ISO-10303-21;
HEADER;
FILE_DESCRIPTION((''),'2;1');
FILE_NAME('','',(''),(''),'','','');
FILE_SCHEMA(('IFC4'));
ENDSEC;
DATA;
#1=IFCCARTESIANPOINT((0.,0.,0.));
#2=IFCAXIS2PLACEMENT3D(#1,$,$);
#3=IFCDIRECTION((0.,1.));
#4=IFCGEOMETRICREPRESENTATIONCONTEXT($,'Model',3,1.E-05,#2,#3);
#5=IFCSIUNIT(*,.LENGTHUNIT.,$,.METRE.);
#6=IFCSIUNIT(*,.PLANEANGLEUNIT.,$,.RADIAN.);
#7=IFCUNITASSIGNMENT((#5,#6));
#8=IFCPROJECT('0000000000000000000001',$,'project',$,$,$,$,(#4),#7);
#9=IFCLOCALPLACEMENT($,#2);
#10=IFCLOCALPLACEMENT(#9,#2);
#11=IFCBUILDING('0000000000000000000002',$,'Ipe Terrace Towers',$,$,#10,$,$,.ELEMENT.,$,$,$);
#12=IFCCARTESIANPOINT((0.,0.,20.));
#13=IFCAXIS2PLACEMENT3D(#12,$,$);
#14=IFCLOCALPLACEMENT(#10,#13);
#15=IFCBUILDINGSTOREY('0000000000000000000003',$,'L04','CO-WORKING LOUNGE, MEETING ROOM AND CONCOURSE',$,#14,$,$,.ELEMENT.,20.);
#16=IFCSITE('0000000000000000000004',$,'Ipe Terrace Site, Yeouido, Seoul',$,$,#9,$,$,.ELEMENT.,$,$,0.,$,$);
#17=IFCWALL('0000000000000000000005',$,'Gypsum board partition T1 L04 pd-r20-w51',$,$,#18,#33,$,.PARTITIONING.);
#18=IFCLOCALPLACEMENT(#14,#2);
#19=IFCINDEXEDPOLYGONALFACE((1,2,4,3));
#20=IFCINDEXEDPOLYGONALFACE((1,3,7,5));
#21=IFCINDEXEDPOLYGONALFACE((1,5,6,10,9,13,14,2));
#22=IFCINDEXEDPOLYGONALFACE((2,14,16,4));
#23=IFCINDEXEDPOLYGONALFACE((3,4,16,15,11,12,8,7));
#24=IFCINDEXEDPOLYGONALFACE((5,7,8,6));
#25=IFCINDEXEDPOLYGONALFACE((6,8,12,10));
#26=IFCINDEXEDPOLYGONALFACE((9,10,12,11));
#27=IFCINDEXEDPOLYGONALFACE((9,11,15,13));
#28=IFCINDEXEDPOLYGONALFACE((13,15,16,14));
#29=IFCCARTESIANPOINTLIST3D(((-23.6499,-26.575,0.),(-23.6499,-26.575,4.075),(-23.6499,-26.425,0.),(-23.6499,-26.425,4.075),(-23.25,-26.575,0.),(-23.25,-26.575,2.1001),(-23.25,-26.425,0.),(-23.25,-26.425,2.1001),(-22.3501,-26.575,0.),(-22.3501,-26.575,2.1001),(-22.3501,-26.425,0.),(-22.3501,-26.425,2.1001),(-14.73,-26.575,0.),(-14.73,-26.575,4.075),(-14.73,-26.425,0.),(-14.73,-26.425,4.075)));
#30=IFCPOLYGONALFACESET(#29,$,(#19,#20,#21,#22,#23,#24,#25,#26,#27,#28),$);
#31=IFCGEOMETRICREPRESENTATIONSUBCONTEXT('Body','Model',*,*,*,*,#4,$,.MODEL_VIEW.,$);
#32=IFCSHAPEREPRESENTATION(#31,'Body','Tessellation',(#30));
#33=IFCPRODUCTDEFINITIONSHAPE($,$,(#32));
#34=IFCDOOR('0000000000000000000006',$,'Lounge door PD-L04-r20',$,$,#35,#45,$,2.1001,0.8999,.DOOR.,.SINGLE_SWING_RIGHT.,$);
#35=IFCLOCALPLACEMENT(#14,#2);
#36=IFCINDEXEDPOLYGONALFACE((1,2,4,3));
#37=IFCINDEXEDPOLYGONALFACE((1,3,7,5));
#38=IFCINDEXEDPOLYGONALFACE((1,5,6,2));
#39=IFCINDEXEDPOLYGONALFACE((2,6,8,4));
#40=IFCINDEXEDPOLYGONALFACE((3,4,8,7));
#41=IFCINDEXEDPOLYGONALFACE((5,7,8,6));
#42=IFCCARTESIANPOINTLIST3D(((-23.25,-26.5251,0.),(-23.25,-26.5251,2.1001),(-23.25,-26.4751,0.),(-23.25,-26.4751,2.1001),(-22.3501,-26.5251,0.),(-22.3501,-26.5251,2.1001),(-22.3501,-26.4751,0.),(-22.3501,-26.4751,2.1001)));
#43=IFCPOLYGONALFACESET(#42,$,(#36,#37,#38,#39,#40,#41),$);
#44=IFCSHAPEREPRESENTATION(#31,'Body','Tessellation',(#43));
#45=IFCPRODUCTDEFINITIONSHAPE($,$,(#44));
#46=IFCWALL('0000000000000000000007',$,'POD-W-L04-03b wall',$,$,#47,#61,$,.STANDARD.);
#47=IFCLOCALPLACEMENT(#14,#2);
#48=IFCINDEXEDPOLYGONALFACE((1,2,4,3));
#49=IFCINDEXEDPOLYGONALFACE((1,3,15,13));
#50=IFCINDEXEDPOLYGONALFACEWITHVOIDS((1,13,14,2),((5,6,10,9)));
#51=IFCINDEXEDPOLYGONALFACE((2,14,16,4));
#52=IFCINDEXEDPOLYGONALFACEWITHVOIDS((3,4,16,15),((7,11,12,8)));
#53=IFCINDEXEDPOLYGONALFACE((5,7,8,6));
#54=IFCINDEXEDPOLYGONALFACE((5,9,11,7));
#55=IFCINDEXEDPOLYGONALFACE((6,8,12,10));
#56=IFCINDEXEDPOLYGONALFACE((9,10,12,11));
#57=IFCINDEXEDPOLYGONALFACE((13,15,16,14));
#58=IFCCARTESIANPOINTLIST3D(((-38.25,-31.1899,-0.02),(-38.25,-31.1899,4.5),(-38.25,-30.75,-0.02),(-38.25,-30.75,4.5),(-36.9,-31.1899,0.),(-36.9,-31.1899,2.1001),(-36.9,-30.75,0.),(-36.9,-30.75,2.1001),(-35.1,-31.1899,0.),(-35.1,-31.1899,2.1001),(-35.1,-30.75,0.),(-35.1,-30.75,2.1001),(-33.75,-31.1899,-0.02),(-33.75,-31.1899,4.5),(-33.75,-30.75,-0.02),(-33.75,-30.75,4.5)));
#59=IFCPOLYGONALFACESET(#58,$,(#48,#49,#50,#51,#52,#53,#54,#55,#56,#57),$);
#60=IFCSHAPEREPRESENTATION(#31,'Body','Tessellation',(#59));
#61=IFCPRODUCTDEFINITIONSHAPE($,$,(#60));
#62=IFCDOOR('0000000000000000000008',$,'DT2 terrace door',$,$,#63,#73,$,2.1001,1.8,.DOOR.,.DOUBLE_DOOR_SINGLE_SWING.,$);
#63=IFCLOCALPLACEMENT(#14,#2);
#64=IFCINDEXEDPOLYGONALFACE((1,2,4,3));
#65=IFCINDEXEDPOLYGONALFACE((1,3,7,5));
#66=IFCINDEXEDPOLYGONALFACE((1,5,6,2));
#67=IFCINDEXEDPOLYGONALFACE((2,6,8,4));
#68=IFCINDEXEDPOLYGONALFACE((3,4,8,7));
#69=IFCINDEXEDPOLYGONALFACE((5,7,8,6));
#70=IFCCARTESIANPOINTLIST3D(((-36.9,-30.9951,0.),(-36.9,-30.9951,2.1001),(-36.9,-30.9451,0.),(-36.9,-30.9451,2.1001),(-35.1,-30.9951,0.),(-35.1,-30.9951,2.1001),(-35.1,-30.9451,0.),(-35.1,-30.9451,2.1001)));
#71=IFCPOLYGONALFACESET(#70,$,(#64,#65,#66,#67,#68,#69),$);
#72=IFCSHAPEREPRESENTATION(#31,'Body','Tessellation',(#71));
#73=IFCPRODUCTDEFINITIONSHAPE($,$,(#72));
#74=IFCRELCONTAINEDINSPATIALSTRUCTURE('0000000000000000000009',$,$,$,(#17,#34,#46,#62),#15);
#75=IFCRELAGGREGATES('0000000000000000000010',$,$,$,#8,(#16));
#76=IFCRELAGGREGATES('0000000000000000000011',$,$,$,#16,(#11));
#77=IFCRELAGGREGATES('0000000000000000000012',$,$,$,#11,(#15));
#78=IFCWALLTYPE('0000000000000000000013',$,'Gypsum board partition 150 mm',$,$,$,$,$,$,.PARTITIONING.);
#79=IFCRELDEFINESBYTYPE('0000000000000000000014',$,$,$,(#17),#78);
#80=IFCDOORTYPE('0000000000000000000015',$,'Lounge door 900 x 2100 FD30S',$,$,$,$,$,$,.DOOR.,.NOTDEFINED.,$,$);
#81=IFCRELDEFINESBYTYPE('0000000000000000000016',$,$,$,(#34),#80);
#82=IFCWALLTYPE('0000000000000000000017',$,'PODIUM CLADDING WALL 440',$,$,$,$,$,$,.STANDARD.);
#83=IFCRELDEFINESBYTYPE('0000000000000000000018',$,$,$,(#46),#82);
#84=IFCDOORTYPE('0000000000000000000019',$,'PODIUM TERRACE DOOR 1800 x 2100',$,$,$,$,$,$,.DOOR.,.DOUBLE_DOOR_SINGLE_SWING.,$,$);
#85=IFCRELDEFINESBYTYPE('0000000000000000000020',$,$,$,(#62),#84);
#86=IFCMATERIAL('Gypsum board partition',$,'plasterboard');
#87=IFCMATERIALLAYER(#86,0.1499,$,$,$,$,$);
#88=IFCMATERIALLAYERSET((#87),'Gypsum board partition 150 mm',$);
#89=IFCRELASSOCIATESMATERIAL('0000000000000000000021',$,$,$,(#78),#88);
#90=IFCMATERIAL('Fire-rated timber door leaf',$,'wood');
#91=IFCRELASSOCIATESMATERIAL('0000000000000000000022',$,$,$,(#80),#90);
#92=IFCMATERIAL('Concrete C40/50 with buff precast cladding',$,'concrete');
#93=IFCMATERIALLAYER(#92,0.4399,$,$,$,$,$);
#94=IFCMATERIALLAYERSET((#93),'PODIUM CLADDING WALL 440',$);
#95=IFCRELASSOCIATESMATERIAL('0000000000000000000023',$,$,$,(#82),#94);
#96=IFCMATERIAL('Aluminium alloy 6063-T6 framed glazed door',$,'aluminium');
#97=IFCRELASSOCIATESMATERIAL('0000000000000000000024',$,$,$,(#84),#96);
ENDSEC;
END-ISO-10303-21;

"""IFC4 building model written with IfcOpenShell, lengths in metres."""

from ifc_helpers import new_model, si_unit, direction, frame, frame_2d, origin, place, context, subcontext, project, spatial, rectangle, extrude, material, layer, layer_set, type_object, element, fill, save


model = new_model("IFC4")

# Units and contexts
model_context = context("Model", 3, precision=1e-05, world=origin(), true_north=direction((0.0, 1.0)))
body_context = subcontext(model_context, "Body", "Model", "MODEL_VIEW")
ifc_project = project(units=[si_unit("LENGTHUNIT", "METRE"), si_unit("PLANEANGLEUNIT", "RADIAN")], contexts=[model_context])

# Site, building, storey
site_placement = place(None, origin())
site = spatial("IfcSite", under=ifc_project, at=site_placement, Name="Ipe Terrace Site, Yeouido, Seoul", CompositionType="ELEMENT", RefElevation=0.0)
building_placement = place(site_placement, origin())
building = spatial("IfcBuilding", under=site, at=building_placement, Name="Ipe Terrace Towers", CompositionType="ELEMENT")
storey_placement = place(building_placement, frame((0.0, 0.0, 20.0)))
storey = spatial("IfcBuildingStorey", under=building, at=storey_placement, Name="L04", Description="CO-WORKING LOUNGE, MEETING ROOM AND CONCOURSE", CompositionType="ELEMENT", Elevation=20.0)

# Shared definitions
ifc_material_1 = material(Name="Gypsum board partition", Category="plasterboard")
ifc_layer_1 = layer(ifc_material_1, 0.1499)
ifc_layer_set_1 = layer_set([ifc_layer_1], Name="Gypsum board partition 150 mm")
wall_type_1 = type_object("IfcWallType", Name="Gypsum board partition 150 mm", PredefinedType="PARTITIONING", material=ifc_layer_set_1)
ifc_material_2 = material(Name="Fire-rated timber door leaf", Category="wood")
door_type_1 = type_object("IfcDoorType", Name="Lounge door 900 x 2100 FD30S", OperationType="NOTDEFINED", PredefinedType="DOOR", material=ifc_material_2)

# Walls, openings, doors
wall_1_placement = place(storey_placement, frame((-23.6499, -26.5, 0.0), z_axis=(0.0, 0.0, 1.0), x_axis=(1.0, 0.0, 0.0)))
wall_1 = element("IfcWall", 1, at=wall_1_placement, inside=storey, type_object=wall_type_1, Name="Gypsum board partition T1 L04 pd-r20-w51", PredefinedType="PARTITIONING", context=body_context, shape_type="SweptSolid", body=[
    extrude(rectangle(XDim=8.9199, YDim=0.1499, at=frame_2d((4.46, 0.0))), origin(), (0.0, 0.0, 1.0), 4.075),
])
opening_1_placement = place(wall_1_placement, frame((0.3999, 0.0, 0.0)))
opening_1 = element("IfcOpeningElement", 2, at=opening_1_placement, cuts=wall_1, PredefinedType="OPENING", context=body_context, shape_type="SweptSolid", body=[
    extrude(rectangle(XDim=0.8999, YDim=2.1001, at=frame_2d((0.45, 1.05))), frame((0.0, 0.085, 0.0), z_axis=(0.0, -1.0, 0.0), x_axis=(1.0, 0.0, 0.0)), (0.0, 0.0, 1.0), 0.1699),
])
door_1_placement = place(opening_1_placement, origin())
door_1 = element("IfcDoor", 3, at=door_1_placement, inside=storey, type_object=door_type_1, Name="Lounge door PD-L04-r20", OperationType="SINGLE_SWING_RIGHT", OverallHeight=2.1001, OverallWidth=0.8999, PredefinedType="DOOR", context=body_context, shape_type="SweptSolid", body=[
    extrude(rectangle(XDim=0.8999, YDim=2.1001, at=frame_2d((0.45, 1.05))), frame((0.0, 0.0249, 0.0), z_axis=(0.0, -1.0, 0.0), x_axis=(1.0, 0.0, 0.0)), (0.0, 0.0, 1.0), 0.05),
])
fill(opening_1, door_1)
ifc_material_3 = material(Name="Concrete C40/50 with buff precast cladding", Category="concrete")
ifc_layer_2 = layer(ifc_material_3, 0.4399)
ifc_layer_set_2 = layer_set([ifc_layer_2], Name="PODIUM CLADDING WALL 440")
wall_type_2 = type_object("IfcWallType", Name="PODIUM CLADDING WALL 440", PredefinedType="STANDARD", material=ifc_layer_set_2)
wall_2_placement = place(storey_placement, frame((-38.25, -30.97, -0.02), z_axis=(0.0, 0.0, 1.0), x_axis=(1.0, 0.0, 0.0)))
wall_2 = element("IfcWall", 4, at=wall_2_placement, inside=storey, type_object=wall_type_2, Name="POD-W-L04-03b wall", PredefinedType="STANDARD", context=body_context, shape_type="SweptSolid", body=[
    extrude(rectangle(XDim=4.5, YDim=0.4399, at=frame_2d((2.25, 0.0))), origin(), (0.0, 0.0, 1.0), 4.52),
])
opening_2_placement = place(wall_2_placement, frame((1.3501, 0.0, 0.02)))
opening_2 = element("IfcOpeningElement", 5, at=opening_2_placement, cuts=wall_2, PredefinedType="OPENING", context=body_context, shape_type="SweptSolid", body=[
    extrude(rectangle(XDim=1.8, YDim=2.1001, at=frame_2d((0.8999, 1.05))), frame((0.0, 0.23, 0.0), z_axis=(0.0, -1.0, 0.0), x_axis=(1.0, 0.0, 0.0)), (0.0, 0.0, 1.0), 0.46),
])
ifc_material_4 = material(Name="Aluminium alloy 6063-T6 framed glazed door", Category="aluminium")
door_type_2 = type_object("IfcDoorType", Name="PODIUM TERRACE DOOR 1800 x 2100", OperationType="DOUBLE_DOOR_SINGLE_SWING", PredefinedType="DOOR", material=ifc_material_4)
door_2_placement = place(opening_2_placement, origin())
door_2 = element("IfcDoor", 6, at=door_2_placement, inside=storey, type_object=door_type_2, Name="DT2 terrace door", OperationType="DOUBLE_DOOR_SINGLE_SWING", OverallHeight=2.1001, OverallWidth=1.8, PredefinedType="DOOR", context=body_context, shape_type="SweptSolid", body=[
    extrude(rectangle(XDim=1.8, YDim=2.1001, at=frame_2d((0.8999, 1.05))), frame((0.0, 0.0249, 0.0), z_axis=(0.0, -1.0, 0.0), x_axis=(1.0, 0.0, 0.0)), (0.0, 0.0, 1.0), 0.05),
])
fill(opening_2, door_2)

save(model, "model.ifc")
